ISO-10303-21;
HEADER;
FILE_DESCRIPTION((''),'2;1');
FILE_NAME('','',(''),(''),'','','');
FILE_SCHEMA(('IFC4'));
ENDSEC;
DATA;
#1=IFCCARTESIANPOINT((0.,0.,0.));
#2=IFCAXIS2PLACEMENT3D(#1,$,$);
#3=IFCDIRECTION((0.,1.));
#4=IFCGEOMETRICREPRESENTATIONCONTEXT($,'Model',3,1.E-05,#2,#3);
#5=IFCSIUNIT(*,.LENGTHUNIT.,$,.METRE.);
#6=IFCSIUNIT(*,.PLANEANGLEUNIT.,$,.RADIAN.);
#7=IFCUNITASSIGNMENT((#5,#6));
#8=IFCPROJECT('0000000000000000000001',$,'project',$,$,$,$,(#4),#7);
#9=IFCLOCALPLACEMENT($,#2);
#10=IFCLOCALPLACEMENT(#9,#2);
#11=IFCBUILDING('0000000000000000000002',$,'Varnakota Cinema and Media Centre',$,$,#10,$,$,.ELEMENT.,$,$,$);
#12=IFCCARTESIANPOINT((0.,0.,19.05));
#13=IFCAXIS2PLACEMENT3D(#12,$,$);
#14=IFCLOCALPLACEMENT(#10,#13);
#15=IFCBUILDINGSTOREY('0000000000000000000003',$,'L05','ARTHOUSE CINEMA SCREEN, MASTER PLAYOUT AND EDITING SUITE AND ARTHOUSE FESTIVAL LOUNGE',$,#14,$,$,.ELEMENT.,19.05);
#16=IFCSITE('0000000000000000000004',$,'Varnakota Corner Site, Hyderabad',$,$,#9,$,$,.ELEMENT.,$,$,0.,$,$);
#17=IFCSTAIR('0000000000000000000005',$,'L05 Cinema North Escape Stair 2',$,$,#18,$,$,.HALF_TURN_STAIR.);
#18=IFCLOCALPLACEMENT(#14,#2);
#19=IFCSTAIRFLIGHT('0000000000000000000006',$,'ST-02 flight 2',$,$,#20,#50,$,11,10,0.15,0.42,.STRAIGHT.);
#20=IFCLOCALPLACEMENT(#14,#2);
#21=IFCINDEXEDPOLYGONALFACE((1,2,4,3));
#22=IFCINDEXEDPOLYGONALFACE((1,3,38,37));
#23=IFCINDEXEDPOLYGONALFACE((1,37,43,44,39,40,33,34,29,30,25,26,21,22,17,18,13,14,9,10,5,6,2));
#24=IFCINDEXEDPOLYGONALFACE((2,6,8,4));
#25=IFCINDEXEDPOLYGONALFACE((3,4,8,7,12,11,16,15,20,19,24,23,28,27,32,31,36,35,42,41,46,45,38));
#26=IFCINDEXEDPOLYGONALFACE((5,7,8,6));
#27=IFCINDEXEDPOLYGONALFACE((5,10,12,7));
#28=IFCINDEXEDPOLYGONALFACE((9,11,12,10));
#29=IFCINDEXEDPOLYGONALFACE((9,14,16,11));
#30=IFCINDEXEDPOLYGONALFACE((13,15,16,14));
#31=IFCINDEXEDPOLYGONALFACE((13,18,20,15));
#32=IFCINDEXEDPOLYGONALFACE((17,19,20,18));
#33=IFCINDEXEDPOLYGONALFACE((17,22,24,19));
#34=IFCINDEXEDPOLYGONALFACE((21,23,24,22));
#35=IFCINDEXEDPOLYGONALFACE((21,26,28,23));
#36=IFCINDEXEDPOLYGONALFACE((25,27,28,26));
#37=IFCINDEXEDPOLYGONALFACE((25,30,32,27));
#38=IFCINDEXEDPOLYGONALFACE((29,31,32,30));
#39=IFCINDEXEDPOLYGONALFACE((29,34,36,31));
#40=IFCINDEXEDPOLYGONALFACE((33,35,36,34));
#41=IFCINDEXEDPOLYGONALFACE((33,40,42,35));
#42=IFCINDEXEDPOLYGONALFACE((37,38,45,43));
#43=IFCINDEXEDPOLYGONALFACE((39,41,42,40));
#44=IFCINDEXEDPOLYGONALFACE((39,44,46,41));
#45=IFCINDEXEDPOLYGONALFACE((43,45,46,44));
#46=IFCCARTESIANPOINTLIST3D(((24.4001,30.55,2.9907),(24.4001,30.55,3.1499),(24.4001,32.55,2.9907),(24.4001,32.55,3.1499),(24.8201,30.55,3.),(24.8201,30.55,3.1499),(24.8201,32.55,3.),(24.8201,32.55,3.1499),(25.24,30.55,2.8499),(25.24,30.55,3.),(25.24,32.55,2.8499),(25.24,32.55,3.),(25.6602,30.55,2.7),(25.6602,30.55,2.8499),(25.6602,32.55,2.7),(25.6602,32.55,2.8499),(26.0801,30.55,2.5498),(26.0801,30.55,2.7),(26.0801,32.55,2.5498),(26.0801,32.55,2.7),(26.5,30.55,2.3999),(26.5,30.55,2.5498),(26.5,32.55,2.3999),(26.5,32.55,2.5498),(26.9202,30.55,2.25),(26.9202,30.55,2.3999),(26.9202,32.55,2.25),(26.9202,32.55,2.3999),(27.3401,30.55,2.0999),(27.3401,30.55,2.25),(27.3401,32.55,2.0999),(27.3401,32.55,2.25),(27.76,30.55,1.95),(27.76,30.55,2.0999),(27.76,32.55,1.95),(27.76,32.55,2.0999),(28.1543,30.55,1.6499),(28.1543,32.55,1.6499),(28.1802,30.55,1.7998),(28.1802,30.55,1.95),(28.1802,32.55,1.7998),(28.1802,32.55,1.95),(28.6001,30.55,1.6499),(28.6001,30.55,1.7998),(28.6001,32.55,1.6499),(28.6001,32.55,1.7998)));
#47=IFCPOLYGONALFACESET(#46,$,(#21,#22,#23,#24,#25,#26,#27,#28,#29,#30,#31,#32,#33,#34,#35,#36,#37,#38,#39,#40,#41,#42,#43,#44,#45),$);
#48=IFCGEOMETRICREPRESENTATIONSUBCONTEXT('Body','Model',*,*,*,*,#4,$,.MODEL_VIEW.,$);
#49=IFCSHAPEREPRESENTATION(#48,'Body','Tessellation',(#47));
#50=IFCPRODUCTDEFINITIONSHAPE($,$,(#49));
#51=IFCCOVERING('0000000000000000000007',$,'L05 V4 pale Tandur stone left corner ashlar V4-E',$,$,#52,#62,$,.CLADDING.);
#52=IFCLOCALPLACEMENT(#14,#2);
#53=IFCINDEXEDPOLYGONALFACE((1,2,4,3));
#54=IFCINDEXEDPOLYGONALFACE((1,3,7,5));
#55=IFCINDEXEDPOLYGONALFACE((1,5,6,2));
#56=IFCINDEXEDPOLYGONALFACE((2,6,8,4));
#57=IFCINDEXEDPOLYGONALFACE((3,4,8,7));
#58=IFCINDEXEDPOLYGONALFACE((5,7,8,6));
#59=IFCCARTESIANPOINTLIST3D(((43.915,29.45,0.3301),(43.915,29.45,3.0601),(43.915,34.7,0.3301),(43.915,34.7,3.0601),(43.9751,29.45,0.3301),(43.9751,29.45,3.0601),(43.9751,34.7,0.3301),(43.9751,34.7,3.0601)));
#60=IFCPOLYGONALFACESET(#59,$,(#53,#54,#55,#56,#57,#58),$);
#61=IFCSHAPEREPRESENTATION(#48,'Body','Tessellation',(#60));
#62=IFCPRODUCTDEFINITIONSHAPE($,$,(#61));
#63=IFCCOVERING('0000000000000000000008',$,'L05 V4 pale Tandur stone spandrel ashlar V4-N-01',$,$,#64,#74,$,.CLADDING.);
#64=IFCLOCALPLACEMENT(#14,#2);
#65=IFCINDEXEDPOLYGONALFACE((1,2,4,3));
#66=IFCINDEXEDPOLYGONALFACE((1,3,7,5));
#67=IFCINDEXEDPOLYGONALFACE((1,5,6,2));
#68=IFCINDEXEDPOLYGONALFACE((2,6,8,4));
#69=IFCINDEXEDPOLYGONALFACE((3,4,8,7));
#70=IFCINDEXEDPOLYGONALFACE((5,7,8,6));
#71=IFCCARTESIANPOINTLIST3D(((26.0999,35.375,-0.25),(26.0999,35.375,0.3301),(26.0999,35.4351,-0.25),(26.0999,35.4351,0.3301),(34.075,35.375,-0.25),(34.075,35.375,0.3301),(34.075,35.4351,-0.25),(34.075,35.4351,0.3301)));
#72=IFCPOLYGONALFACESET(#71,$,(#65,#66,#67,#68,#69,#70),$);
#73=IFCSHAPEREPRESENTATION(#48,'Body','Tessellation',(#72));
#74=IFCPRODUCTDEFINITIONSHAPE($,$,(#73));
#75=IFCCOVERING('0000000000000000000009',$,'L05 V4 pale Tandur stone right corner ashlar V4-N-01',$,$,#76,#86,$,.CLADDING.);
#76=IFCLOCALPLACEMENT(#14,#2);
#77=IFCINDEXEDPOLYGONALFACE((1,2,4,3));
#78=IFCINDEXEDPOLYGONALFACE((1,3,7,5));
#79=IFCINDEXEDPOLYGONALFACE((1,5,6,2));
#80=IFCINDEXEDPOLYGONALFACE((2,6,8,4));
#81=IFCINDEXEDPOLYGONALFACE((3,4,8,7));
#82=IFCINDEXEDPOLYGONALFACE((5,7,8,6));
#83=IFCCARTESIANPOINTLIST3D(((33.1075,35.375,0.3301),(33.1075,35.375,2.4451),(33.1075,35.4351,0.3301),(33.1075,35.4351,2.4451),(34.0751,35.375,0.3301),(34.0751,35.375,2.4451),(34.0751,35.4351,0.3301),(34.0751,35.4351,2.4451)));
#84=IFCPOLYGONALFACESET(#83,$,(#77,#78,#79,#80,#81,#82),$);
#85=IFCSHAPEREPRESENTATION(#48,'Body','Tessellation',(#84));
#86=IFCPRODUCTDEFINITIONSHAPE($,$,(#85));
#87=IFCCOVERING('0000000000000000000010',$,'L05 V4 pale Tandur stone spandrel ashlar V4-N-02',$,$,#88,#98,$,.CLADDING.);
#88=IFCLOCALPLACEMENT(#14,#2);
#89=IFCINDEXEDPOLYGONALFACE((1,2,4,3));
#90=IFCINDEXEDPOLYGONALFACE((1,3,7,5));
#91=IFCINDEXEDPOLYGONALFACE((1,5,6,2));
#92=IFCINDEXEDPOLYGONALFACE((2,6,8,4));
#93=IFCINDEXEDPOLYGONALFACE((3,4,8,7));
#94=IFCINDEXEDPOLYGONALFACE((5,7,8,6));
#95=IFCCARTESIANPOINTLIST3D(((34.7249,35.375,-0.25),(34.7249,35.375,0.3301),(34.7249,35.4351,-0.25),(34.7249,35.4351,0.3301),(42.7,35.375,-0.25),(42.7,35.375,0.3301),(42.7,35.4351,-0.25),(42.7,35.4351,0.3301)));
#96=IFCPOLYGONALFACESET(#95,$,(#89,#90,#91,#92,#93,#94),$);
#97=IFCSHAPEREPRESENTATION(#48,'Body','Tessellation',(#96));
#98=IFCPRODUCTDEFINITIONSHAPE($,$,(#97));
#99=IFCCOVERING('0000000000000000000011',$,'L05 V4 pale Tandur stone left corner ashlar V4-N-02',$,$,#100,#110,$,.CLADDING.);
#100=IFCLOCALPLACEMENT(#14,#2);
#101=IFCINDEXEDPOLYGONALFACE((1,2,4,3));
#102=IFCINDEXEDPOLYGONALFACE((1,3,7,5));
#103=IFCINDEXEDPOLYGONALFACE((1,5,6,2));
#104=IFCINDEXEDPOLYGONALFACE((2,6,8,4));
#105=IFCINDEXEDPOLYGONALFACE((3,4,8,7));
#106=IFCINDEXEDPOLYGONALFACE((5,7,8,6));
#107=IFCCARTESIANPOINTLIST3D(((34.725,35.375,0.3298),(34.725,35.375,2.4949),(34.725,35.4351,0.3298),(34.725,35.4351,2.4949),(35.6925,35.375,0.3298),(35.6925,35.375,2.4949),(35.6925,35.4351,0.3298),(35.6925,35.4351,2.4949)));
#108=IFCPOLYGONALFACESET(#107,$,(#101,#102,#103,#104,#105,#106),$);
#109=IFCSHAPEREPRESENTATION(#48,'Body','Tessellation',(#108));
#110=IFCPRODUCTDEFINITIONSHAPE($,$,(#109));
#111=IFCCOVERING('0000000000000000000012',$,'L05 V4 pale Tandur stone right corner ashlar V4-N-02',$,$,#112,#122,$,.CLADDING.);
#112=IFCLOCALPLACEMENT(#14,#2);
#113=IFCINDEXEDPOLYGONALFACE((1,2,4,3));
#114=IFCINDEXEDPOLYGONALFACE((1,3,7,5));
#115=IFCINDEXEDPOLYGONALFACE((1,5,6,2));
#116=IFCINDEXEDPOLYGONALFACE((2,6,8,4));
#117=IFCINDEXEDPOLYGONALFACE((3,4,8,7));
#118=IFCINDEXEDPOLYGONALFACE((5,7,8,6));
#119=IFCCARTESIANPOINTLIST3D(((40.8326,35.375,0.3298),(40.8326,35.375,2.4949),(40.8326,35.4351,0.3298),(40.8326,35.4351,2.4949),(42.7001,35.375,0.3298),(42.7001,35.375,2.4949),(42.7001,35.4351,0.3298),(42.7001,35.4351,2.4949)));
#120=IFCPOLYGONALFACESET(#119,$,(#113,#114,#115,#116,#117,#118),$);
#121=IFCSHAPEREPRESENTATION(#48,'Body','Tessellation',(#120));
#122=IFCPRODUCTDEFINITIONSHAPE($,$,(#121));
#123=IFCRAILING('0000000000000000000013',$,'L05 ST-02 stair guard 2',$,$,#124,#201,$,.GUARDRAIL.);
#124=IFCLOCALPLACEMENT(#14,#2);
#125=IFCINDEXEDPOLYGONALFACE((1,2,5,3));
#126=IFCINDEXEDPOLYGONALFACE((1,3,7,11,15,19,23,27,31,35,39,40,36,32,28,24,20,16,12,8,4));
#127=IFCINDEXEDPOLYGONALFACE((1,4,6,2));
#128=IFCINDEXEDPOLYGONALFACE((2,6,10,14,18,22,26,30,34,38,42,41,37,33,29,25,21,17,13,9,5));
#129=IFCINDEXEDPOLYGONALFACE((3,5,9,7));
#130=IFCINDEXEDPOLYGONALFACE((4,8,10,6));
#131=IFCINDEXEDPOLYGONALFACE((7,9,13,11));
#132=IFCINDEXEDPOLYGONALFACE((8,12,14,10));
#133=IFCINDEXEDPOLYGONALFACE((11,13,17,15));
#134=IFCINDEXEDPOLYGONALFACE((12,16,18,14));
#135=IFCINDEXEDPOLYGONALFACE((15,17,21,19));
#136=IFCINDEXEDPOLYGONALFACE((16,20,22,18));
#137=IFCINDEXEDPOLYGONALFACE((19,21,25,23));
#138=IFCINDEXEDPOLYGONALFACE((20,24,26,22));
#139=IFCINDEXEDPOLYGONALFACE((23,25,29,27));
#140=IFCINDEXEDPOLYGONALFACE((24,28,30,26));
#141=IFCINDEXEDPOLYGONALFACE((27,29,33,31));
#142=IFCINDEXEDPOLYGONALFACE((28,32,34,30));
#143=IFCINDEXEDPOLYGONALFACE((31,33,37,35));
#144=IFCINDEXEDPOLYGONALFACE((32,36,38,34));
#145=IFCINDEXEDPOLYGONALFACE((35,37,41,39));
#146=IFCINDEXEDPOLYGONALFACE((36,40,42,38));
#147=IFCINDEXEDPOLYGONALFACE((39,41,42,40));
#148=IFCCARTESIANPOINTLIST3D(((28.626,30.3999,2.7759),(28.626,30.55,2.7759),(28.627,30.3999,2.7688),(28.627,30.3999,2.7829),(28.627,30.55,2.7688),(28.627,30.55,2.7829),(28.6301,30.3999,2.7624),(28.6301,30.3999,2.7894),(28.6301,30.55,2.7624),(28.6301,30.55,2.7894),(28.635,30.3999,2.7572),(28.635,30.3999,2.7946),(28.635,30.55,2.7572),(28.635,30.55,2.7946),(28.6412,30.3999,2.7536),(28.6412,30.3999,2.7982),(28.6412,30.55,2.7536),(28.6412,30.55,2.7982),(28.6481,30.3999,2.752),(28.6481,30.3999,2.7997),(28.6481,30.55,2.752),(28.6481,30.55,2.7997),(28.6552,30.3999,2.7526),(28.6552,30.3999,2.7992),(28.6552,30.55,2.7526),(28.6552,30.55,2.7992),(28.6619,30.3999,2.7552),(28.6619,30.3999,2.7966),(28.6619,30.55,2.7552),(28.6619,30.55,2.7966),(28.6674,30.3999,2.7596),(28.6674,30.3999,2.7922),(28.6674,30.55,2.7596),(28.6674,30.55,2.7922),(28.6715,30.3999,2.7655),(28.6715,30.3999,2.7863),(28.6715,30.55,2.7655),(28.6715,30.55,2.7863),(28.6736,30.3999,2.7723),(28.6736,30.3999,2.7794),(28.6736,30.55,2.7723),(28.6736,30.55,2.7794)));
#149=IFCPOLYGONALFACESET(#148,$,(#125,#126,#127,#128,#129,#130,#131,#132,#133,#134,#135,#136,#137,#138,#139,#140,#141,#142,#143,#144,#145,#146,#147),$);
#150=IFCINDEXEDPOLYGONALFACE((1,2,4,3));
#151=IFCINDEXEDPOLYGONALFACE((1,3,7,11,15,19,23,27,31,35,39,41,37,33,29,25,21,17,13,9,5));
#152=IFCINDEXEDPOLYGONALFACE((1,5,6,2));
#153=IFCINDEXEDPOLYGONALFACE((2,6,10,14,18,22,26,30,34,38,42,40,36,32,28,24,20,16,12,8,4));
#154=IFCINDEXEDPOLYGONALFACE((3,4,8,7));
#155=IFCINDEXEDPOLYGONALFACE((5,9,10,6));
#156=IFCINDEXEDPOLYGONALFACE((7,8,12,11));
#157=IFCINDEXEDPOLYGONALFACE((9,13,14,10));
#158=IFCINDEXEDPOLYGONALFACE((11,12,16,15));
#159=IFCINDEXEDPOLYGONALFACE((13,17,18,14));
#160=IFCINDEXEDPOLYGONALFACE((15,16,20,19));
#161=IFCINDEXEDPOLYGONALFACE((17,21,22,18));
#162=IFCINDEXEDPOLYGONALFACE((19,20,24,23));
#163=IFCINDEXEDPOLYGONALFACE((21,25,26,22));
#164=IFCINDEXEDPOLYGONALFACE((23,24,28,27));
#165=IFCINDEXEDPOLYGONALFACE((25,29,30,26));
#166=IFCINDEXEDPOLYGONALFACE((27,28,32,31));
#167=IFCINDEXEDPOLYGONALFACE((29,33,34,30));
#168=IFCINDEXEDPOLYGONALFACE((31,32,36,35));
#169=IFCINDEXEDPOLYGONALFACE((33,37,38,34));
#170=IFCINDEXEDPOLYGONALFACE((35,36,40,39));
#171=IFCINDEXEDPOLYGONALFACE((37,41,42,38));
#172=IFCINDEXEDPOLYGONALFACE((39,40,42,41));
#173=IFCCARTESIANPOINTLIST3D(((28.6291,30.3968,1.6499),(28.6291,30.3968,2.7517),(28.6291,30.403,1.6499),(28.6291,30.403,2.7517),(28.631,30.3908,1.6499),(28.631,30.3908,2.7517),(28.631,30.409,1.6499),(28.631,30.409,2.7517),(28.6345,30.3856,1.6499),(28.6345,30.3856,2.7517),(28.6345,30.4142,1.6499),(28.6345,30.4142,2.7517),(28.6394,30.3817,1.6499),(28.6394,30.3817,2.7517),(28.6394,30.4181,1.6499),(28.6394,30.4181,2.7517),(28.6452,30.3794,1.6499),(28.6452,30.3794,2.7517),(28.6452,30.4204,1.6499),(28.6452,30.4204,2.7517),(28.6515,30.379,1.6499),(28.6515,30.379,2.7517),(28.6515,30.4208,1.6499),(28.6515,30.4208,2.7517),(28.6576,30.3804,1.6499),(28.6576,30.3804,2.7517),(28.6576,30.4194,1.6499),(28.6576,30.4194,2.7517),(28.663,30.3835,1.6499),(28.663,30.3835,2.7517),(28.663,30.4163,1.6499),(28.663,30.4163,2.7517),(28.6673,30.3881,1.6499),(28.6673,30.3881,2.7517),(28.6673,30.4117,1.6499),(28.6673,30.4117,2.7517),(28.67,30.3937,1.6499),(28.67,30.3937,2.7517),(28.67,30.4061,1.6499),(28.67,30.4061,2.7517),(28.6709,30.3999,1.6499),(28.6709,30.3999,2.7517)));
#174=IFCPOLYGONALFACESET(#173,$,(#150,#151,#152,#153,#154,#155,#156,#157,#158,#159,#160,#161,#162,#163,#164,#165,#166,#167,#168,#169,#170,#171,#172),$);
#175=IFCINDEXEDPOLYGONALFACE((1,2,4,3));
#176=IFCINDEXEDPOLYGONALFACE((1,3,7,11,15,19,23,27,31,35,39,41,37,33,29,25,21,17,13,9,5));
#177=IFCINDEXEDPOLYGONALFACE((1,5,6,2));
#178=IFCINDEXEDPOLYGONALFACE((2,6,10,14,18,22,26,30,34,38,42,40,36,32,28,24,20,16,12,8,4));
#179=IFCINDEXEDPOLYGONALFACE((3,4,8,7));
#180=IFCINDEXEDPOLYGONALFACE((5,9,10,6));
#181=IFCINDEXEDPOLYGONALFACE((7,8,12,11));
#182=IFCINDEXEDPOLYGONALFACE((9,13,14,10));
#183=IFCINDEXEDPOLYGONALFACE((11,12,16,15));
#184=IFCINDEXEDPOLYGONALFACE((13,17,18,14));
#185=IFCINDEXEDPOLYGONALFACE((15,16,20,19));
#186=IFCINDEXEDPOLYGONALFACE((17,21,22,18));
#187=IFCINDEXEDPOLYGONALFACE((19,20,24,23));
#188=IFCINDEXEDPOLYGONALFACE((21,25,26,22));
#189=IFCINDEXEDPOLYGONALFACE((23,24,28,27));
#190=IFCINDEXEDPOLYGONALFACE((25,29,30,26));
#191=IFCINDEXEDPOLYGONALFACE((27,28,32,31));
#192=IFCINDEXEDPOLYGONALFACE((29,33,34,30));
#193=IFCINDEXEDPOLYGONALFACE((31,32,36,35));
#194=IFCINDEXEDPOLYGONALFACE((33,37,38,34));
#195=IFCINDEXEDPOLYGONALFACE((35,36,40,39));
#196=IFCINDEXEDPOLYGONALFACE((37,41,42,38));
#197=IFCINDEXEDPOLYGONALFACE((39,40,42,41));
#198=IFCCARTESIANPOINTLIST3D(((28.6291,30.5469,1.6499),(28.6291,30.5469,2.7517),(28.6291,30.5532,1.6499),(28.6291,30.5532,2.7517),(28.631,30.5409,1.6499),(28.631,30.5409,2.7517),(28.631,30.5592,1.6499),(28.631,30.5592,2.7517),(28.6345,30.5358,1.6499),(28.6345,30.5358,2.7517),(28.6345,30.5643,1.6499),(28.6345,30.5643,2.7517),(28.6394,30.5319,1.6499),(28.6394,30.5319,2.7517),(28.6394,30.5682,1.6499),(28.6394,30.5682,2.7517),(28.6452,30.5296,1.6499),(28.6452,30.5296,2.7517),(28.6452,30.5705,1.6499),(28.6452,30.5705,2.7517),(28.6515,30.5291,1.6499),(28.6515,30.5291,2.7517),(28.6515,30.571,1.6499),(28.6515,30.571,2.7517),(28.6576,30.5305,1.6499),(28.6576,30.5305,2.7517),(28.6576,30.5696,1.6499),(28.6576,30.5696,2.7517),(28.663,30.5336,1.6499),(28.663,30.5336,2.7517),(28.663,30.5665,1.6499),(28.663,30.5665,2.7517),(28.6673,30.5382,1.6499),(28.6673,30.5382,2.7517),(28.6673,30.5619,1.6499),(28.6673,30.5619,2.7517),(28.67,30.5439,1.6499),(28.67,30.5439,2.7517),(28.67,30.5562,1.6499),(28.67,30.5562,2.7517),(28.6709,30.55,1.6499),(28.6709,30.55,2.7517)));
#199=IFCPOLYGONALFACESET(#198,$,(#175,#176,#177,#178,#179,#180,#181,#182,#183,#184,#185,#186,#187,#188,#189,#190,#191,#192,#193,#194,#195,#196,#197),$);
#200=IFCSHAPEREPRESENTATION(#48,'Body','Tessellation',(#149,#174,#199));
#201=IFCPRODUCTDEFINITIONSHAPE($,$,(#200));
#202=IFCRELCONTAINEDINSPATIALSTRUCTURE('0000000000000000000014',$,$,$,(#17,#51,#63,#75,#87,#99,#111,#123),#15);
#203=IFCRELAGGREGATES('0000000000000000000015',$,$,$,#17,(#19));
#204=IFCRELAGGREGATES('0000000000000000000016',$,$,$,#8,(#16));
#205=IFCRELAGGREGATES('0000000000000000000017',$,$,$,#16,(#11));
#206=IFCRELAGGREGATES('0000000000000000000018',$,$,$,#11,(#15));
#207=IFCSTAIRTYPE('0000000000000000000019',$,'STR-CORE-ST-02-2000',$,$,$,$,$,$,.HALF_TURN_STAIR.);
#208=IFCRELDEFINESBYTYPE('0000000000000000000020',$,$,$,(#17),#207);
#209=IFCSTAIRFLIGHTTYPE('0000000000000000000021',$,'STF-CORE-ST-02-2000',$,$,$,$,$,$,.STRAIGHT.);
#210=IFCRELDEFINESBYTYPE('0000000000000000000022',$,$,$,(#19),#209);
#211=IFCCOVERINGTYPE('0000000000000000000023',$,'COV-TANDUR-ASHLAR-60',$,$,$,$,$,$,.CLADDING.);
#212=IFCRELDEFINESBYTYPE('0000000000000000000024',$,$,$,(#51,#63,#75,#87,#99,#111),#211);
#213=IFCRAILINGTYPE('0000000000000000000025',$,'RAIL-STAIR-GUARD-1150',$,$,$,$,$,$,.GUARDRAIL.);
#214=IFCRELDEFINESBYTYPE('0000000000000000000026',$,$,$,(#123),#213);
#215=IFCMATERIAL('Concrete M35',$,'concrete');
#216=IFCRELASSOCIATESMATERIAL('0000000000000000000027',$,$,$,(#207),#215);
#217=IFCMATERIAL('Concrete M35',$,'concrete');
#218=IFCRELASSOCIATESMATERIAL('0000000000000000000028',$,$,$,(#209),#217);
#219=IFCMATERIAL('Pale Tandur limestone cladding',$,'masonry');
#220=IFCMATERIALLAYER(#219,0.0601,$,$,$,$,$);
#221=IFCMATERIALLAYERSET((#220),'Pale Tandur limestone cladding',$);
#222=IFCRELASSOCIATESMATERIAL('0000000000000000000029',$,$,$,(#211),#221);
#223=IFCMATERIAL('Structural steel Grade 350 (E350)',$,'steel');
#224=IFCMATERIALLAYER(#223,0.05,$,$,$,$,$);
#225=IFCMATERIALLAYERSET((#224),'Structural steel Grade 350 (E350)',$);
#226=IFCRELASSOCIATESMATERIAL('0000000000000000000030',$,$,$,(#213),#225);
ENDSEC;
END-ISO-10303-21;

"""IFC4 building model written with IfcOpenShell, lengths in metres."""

from ifc_helpers import new_model, si_unit, direction, frame, origin, origin_2d, place, context, subcontext, project, spatial, polyline, rectangle, circle, outline, extrude, material, layer, layer_set, type_object, element, aggregate, save


model = new_model("IFC4")

# Units and contexts
model_context = context("Model", 3, precision=1e-05, world=origin(), true_north=direction((0.0, 1.0)))
body_context = subcontext(model_context, "Body", "Model", "MODEL_VIEW")
ifc_project = project(units=[si_unit("LENGTHUNIT", "METRE"), si_unit("PLANEANGLEUNIT", "RADIAN")], contexts=[model_context])

# Site, building, storey
site_placement = place(None, origin())
site = spatial("IfcSite", under=ifc_project, at=site_placement, Name="Varnakota Corner Site, Hyderabad", CompositionType="ELEMENT", RefElevation=0.0)
building_placement = place(site_placement, origin())
building = spatial("IfcBuilding", under=site, at=building_placement, Name="Varnakota Cinema and Media Centre", CompositionType="ELEMENT")
storey_placement = place(building_placement, frame((0.0, 0.0, 19.05)))
storey = spatial("IfcBuildingStorey", under=building, at=storey_placement, Name="L05", Description="ARTHOUSE CINEMA SCREEN, MASTER PLAYOUT AND EDITING SUITE AND ARTHOUSE FESTIVAL LOUNGE", CompositionType="ELEMENT", Elevation=19.05)

# Stair, stair flight
ifc_material_1 = material(Name="Concrete M35", Category="concrete")
stair_type = type_object("IfcStairType", Name="STR-CORE-ST-02-2000", PredefinedType="HALF_TURN_STAIR", material=ifc_material_1)
stair_placement = place(storey_placement, origin())
stair = element("IfcStair", 1, at=stair_placement, inside=storey, type_object=stair_type, Name="L05 Cinema North Escape Stair 2", PredefinedType="HALF_TURN_STAIR")
ifc_material_2 = material(Name="Concrete M35", Category="concrete")
stair_flight_type = type_object("IfcStairFlightType", Name="STF-CORE-ST-02-2000", PredefinedType="STRAIGHT", material=ifc_material_2)
stair_flight_placement = place(storey_placement, frame((28.6001, 31.55, 1.6499), z_axis=(0.0, 0.0, 1.0), x_axis=(-1.0, 0.0, 0.0)))
stair_flight = element("IfcStairFlight", 2, at=stair_flight_placement, type_object=stair_flight_type, Name="ST-02 flight 2", NumberOfRisers=11, NumberOfTreads=10, PredefinedType="STRAIGHT", RiserHeight=0.15, TreadLength=0.42, context=body_context, shape_type="SweptSolid", body=[
    extrude(outline(polyline([(0.0, 0.0), (0.0, 0.1499), (0.4199, 0.1499), (0.4199, 0.3), (0.8401, 0.3), (0.8401, 0.45), (1.26, 0.45), (1.26, 0.6001), (1.6799, 0.6001), (1.6799, 0.75), (2.1001, 0.75), (2.1001, 0.8999), (2.52, 0.8999), (2.52, 1.05), (2.9399, 1.05), (2.9399, 1.2), (3.3601, 1.2), (3.3601, 1.3501), (3.78, 1.3501), (3.78, 1.5), (4.2, 1.5), (4.2, 1.6499), (4.2, 1.3408), (0.4458, 0.0), (0.0, 0.0)])), frame((0.0, 1.0, 0.0), z_axis=(0.0, -1.0, 0.0), x_axis=(1.0, 0.0, 0.0)), (0.0, 0.0, 1.0), 2.0),
])
aggregate(stair, [stair_flight])

# Coverings
ifc_material_3 = material(Name="Pale Tandur limestone cladding", Category="masonry")
ifc_layer_1 = layer(ifc_material_3, 0.0601)
ifc_layer_set_1 = layer_set([ifc_layer_1], Name="Pale Tandur limestone cladding")
covering_type = type_object("IfcCoveringType", Name="COV-TANDUR-ASHLAR-60", PredefinedType="CLADDING", material=ifc_layer_set_1)
covering_1_placement = place(storey_placement, frame((43.9451, 32.075, 0.3301), z_axis=(0.0, 0.0, 1.0), x_axis=(0.0, -1.0, 0.0)))
element("IfcCovering", 3, at=covering_1_placement, inside=storey, type_object=covering_type, Name="L05 V4 pale Tandur stone left corner ashlar V4-E", PredefinedType="CLADDING", context=body_context, shape_type="SweptSolid", body=[
    extrude(rectangle(XDim=5.25, YDim=0.0601, at=origin_2d()), origin(), (0.0, 0.0, 1.0), 2.73),
])
covering_2_placement = place(storey_placement, frame((30.0874, 35.405, -0.25), z_axis=(0.0, 0.0, 1.0), x_axis=(1.0, 0.0, 0.0)))
element("IfcCovering", 4, at=covering_2_placement, inside=storey, type_object=covering_type, Name="L05 V4 pale Tandur stone spandrel ashlar V4-N-01", PredefinedType="CLADDING", context=body_context, shape_type="SweptSolid", body=[
    extrude(rectangle(XDim=7.9751, YDim=0.0601, at=origin_2d()), origin(), (0.0, 0.0, 1.0), 0.5801),
])
covering_3_placement = place(storey_placement, frame((33.5913, 35.405, 0.3301), z_axis=(0.0, 0.0, 1.0), x_axis=(1.0, 0.0, 0.0)))
element("IfcCovering", 5, at=covering_3_placement, inside=storey, type_object=covering_type, Name="L05 V4 pale Tandur stone right corner ashlar V4-N-01", PredefinedType="CLADDING", context=body_context, shape_type="SweptSolid", body=[
    extrude(rectangle(XDim=0.9675, YDim=0.0601, at=origin_2d()), origin(), (0.0, 0.0, 1.0), 2.115),
])
covering_4_placement = place(storey_placement, frame((38.7124, 35.405, -0.25), z_axis=(0.0, 0.0, 1.0), x_axis=(1.0, 0.0, 0.0)))
element("IfcCovering", 6, at=covering_4_placement, inside=storey, type_object=covering_type, Name="L05 V4 pale Tandur stone spandrel ashlar V4-N-02", PredefinedType="CLADDING", context=body_context, shape_type="SweptSolid", body=[
    extrude(rectangle(XDim=7.9751, YDim=0.0601, at=origin_2d()), origin(), (0.0, 0.0, 1.0), 0.5801),
])
covering_5_placement = place(storey_placement, frame((35.2087, 35.405, 0.3298), z_axis=(0.0, 0.0, 1.0), x_axis=(1.0, 0.0, 0.0)))
element("IfcCovering", 7, at=covering_5_placement, inside=storey, type_object=covering_type, Name="L05 V4 pale Tandur stone left corner ashlar V4-N-02", PredefinedType="CLADDING", context=body_context, shape_type="SweptSolid", body=[
    extrude(rectangle(XDim=0.9675, YDim=0.0601, at=origin_2d()), origin(), (0.0, 0.0, 1.0), 2.165),
])
covering_6_placement = place(storey_placement, frame((41.7664, 35.405, 0.3298), z_axis=(0.0, 0.0, 1.0), x_axis=(1.0, 0.0, 0.0)))
element("IfcCovering", 8, at=covering_6_placement, inside=storey, type_object=covering_type, Name="L05 V4 pale Tandur stone right corner ashlar V4-N-02", PredefinedType="CLADDING", context=body_context, shape_type="SweptSolid", body=[
    extrude(rectangle(XDim=1.8674, YDim=0.0601, at=origin_2d()), origin(), (0.0, 0.0, 1.0), 2.165),
])

# Railing
ifc_material_4 = material(Name="Structural steel Grade 350 (E350)", Category="steel")
ifc_layer_2 = layer(ifc_material_4, 0.05)
ifc_layer_set_2 = layer_set([ifc_layer_2], Name="Structural steel Grade 350 (E350)")
railing_type_1 = type_object("IfcRailingType", Name="RAIL-STAIR-GUARD-1150", PredefinedType="GUARDRAIL", material=ifc_layer_set_2)
railing_1_placement = place(storey_placement, frame((28.6499, 30.3999, 1.6499)))
element("IfcRailing", 9, at=railing_1_placement, inside=storey, type_object=railing_type_1, Name="L05 ST-02 stair guard 2", PredefinedType="GUARDRAIL", context=body_context, shape_type="SweptSolid", body=[
    extrude(circle(Radius=0.0239, at=origin_2d()), frame((0.0, 0.0, 1.126), z_axis=(0.0, 1.0, 0.0), x_axis=(-1.0, 0.0, 0.0)), (0.0, 0.0, 1.0), 0.1501),
    extrude(circle(Radius=0.021, at=origin_2d()), origin(), (0.0, 0.0, 1.0), 1.1018),
    extrude(circle(Radius=0.021, at=origin_2d()), frame((0.0, 0.1501, 0.0)), (0.0, 0.0, 1.0), 1.1018),
])

save(model, "model.ifc")
